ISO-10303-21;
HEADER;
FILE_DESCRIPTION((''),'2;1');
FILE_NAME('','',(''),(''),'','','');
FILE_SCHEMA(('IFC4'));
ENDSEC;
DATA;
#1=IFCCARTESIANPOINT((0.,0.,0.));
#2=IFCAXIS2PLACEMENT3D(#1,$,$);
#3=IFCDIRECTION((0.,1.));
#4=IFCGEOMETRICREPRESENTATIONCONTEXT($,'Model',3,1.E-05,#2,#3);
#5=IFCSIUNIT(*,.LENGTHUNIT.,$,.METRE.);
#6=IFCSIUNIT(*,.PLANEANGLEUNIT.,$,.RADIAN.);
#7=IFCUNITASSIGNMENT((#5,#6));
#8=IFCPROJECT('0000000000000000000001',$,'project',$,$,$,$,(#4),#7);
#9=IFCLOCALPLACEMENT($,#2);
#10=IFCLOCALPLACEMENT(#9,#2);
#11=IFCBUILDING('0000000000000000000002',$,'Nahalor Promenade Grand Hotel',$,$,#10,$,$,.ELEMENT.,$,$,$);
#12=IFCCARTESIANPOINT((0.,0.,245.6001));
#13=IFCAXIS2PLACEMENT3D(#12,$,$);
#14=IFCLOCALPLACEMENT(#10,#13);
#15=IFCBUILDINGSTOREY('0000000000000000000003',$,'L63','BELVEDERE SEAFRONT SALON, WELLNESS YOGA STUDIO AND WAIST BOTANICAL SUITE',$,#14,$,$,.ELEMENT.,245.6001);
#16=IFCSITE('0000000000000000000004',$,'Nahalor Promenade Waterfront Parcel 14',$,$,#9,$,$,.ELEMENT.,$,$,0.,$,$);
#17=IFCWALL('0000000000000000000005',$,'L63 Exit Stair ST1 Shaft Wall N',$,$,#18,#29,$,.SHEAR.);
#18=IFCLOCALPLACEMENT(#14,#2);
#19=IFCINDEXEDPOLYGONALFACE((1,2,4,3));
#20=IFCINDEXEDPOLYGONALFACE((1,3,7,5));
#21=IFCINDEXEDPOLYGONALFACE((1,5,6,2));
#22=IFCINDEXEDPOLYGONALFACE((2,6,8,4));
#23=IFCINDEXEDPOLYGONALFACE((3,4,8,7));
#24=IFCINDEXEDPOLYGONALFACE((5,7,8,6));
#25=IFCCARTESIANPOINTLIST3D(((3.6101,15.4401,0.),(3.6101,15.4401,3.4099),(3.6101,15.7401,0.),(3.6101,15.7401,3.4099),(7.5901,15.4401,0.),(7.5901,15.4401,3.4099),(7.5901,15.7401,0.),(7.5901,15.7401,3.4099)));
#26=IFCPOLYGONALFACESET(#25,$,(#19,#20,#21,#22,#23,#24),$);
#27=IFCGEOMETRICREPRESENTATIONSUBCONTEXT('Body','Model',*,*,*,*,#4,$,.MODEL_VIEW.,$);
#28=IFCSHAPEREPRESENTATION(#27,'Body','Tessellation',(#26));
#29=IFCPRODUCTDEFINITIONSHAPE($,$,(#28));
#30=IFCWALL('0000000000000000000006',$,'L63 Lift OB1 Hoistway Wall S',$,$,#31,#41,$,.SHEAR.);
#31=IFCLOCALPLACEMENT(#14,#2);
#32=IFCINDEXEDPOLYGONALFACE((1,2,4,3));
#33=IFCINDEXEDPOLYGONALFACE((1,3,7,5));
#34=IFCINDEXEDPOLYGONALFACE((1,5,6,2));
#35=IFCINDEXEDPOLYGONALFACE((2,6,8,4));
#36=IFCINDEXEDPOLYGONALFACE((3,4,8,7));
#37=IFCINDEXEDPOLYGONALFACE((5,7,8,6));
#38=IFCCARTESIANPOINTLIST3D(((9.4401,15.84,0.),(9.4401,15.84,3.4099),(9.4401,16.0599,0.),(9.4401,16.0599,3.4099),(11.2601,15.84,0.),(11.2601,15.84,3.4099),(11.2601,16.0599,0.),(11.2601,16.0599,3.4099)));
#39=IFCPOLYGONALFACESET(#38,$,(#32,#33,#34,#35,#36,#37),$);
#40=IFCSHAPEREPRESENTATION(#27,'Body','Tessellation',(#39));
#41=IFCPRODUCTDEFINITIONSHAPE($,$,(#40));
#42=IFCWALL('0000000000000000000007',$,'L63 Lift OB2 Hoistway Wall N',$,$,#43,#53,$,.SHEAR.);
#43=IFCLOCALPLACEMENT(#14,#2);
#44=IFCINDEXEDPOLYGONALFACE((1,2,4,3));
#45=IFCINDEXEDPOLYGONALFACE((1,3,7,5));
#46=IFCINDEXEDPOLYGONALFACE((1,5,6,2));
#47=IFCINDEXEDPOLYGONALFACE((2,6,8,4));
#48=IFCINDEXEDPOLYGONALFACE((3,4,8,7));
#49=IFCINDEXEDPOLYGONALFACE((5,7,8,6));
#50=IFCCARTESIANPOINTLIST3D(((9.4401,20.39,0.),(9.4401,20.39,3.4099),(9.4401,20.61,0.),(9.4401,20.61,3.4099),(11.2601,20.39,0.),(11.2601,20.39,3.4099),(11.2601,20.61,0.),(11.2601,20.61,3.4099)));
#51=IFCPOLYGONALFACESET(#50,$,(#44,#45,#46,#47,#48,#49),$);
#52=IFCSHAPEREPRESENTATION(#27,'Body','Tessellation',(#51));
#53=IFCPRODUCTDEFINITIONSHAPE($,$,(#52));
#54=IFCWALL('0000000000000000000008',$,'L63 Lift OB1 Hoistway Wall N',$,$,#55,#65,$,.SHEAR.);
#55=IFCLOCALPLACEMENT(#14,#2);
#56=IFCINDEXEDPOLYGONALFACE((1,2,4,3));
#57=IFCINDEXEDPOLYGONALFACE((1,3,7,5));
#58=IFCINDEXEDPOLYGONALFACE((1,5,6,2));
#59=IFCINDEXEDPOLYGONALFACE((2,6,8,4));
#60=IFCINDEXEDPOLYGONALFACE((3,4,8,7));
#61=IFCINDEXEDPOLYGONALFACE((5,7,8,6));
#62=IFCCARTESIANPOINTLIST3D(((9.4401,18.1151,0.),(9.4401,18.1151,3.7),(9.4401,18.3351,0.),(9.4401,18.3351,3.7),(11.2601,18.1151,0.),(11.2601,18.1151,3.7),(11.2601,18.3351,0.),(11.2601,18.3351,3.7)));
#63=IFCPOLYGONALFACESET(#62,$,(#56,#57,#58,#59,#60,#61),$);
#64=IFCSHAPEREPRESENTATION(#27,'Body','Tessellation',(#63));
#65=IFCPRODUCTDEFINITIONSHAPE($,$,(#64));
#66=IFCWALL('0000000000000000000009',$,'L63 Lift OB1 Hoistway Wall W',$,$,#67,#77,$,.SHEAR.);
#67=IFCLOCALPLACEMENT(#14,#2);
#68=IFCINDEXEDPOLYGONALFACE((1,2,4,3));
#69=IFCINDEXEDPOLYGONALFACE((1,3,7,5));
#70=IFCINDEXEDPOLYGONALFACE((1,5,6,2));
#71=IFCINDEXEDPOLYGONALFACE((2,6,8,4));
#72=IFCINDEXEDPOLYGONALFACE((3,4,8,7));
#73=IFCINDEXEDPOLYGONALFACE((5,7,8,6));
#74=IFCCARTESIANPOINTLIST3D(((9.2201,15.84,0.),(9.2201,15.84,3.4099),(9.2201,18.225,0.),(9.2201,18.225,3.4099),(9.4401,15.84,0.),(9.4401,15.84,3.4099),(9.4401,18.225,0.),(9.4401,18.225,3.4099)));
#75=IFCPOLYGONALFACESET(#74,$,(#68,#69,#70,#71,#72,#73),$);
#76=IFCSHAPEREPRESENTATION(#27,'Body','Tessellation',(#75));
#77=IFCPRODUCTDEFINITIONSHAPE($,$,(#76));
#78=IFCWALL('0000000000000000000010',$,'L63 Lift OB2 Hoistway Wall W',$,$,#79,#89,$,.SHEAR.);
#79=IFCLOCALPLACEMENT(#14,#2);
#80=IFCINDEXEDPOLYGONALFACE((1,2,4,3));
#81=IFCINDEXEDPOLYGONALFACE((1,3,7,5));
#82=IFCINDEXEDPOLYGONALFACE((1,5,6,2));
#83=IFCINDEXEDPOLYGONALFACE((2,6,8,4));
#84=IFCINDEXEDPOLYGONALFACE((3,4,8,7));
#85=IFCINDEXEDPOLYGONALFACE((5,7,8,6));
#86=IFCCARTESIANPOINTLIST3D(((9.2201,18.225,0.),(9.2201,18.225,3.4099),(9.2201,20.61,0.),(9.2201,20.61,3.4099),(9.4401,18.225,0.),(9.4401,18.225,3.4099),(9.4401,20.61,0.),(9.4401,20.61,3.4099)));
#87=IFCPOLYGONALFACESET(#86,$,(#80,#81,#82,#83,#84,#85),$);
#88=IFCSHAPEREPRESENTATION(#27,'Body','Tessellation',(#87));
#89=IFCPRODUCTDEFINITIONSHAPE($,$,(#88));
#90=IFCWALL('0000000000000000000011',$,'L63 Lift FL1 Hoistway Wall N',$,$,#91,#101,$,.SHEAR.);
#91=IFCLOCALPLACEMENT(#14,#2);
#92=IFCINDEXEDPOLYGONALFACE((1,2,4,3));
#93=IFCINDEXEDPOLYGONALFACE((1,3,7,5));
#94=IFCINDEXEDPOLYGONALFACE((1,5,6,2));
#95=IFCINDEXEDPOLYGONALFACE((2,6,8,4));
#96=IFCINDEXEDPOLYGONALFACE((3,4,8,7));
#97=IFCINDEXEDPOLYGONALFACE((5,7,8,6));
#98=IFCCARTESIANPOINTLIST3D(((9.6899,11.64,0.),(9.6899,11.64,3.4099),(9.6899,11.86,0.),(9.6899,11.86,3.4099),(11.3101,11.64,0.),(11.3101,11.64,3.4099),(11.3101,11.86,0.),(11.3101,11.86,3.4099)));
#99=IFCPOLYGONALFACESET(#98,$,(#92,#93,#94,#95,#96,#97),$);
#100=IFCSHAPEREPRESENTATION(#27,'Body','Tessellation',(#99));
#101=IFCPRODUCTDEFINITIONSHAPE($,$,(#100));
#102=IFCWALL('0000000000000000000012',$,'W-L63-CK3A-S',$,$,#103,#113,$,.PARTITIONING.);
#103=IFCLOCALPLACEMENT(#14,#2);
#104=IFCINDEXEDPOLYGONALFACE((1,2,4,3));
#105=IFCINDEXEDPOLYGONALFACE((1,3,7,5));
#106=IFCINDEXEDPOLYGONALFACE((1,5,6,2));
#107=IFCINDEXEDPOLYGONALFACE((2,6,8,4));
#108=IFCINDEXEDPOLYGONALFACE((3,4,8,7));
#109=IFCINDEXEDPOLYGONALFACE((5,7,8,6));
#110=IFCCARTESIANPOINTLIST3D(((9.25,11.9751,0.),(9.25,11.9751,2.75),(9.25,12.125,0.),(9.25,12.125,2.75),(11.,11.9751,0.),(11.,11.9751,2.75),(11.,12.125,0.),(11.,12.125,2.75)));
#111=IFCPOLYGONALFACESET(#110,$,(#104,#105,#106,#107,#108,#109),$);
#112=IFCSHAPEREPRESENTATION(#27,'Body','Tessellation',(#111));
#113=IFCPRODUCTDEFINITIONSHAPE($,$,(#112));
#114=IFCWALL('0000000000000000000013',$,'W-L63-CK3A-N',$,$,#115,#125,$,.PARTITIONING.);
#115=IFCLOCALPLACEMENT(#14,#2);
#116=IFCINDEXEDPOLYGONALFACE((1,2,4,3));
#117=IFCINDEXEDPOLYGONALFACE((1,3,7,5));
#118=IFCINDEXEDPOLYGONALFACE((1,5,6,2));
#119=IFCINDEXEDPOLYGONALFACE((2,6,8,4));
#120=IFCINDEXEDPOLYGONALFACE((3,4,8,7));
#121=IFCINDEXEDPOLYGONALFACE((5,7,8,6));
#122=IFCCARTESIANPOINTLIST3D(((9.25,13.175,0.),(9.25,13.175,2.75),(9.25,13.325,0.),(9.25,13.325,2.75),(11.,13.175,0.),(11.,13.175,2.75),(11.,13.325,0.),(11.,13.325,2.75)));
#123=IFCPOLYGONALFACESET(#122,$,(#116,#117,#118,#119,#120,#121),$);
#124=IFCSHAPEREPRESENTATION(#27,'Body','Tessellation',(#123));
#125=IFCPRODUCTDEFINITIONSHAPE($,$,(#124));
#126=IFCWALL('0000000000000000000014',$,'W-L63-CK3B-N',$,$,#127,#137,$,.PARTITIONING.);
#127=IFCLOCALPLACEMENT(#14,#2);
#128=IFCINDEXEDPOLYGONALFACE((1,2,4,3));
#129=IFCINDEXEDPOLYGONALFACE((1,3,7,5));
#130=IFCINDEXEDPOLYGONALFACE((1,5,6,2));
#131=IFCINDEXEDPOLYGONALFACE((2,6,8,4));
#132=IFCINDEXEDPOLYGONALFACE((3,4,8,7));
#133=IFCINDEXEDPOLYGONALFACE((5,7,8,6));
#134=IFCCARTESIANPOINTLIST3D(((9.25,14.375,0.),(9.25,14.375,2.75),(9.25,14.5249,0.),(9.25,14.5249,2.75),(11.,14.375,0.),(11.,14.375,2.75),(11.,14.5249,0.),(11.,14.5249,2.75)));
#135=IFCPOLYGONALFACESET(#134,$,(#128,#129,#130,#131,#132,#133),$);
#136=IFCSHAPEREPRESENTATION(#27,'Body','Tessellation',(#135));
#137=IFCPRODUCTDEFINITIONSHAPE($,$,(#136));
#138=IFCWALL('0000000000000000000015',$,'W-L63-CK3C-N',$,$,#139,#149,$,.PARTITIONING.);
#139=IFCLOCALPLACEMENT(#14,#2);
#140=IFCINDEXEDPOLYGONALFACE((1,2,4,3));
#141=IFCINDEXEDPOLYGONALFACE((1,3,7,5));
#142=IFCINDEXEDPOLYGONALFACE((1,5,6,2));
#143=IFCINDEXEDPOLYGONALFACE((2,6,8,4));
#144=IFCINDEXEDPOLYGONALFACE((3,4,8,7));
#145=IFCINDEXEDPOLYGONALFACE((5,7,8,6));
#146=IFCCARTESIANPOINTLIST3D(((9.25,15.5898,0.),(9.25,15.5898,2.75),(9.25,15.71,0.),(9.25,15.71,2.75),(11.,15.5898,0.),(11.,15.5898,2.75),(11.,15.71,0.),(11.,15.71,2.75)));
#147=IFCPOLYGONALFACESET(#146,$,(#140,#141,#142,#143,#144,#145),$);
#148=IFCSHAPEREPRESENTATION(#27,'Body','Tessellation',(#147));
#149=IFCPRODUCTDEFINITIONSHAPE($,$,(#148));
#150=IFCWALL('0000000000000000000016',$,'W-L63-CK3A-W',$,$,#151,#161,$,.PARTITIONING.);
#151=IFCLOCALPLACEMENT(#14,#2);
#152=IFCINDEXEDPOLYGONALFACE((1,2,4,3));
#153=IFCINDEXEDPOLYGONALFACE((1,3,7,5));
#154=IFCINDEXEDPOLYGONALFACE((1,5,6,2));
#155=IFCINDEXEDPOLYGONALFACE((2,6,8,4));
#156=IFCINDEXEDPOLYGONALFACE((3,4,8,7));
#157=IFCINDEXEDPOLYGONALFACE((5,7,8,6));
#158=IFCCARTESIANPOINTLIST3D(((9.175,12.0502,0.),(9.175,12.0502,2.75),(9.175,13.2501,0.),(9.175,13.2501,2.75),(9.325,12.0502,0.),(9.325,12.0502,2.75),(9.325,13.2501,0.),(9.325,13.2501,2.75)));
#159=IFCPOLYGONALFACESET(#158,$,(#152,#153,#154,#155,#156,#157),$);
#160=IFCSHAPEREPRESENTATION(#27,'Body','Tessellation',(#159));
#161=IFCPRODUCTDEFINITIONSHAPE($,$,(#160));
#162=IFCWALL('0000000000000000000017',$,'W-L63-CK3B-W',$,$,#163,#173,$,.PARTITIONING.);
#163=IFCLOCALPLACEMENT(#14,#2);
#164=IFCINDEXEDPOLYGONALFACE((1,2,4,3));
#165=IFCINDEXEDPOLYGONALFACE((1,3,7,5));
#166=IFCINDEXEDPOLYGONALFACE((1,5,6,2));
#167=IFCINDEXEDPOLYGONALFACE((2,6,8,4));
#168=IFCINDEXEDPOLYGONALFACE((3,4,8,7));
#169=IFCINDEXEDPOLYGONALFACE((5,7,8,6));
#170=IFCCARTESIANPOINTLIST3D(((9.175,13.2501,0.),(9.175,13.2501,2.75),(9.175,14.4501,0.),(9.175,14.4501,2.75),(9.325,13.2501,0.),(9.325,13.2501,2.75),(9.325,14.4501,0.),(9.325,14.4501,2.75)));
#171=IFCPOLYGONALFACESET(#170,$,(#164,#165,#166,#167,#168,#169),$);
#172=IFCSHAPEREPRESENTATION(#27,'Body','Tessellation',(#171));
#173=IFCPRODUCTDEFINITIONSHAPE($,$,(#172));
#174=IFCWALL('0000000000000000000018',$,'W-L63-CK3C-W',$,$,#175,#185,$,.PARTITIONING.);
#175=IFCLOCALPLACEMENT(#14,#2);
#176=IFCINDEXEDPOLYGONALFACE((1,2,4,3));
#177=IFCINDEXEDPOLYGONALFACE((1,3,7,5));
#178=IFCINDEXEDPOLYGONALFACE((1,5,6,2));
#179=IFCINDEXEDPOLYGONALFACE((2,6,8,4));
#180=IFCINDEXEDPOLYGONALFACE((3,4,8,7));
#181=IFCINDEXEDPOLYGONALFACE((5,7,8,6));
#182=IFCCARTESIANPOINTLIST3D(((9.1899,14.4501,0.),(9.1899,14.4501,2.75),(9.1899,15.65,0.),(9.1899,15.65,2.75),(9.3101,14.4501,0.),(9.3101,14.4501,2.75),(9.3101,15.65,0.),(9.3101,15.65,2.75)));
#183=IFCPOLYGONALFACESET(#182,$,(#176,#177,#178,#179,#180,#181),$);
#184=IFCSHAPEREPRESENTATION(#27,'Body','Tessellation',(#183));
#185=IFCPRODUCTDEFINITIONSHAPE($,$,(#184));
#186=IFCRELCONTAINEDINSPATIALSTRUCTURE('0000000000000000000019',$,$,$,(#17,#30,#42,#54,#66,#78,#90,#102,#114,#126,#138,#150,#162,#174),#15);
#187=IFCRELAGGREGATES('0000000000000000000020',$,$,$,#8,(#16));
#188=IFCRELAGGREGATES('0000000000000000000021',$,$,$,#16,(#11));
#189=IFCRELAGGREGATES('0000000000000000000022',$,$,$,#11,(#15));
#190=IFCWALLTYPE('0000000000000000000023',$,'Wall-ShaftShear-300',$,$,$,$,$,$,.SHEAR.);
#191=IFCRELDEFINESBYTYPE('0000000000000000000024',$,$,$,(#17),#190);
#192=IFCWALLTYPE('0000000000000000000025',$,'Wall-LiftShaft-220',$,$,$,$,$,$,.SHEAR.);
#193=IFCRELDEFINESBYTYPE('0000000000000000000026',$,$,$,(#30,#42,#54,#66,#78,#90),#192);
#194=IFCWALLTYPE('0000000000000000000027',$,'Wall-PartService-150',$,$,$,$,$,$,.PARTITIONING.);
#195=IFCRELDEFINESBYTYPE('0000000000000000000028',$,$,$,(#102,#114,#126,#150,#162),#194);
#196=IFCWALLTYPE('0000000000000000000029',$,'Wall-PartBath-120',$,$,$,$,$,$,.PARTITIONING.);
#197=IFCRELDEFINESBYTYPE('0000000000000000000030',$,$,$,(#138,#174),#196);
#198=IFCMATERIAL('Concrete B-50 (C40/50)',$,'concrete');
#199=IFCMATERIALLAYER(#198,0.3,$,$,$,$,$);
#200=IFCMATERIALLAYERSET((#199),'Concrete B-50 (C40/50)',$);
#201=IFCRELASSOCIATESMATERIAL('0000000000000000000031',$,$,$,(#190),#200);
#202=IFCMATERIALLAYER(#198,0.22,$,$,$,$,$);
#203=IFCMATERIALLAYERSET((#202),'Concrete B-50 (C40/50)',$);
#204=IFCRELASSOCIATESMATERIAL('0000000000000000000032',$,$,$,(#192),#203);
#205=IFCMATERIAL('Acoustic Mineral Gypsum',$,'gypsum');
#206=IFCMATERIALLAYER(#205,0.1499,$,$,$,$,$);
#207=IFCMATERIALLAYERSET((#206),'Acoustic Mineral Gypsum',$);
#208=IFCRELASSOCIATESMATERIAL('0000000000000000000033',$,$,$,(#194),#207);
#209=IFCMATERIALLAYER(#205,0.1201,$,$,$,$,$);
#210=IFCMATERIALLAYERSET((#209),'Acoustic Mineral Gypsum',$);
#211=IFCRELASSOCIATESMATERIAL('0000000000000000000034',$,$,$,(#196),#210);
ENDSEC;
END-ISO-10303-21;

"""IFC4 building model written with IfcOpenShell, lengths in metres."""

from ifc_helpers import new_model, si_unit, direction, frame, frame_2d, origin, place, context, subcontext, project, spatial, rectangle, extrude, source, transform, mapped, material, layer, layer_set, type_object, element, save


model = new_model("IFC4")

# Units and contexts
model_context = context("Model", 3, precision=1e-05, world=origin(), true_north=direction((0.0, 1.0)))
body_context = subcontext(model_context, "Body", "Model", "MODEL_VIEW")
ifc_project = project(units=[si_unit("LENGTHUNIT", "METRE"), si_unit("PLANEANGLEUNIT", "RADIAN")], contexts=[model_context])

# Site, building, storey
site_placement = place(None, origin())
site = spatial("IfcSite", under=ifc_project, at=site_placement, Name="Nahalor Promenade Waterfront Parcel 14", CompositionType="ELEMENT", RefElevation=0.0)
building_placement = place(site_placement, origin())
building = spatial("IfcBuilding", under=site, at=building_placement, Name="Nahalor Promenade Grand Hotel", CompositionType="ELEMENT")
storey_placement = place(building_placement, frame((0.0, 0.0, 245.6001)))
storey = spatial("IfcBuildingStorey", under=building, at=storey_placement, Name="L63", Description="BELVEDERE SEAFRONT SALON, WELLNESS YOGA STUDIO AND WAIST BOTANICAL SUITE", CompositionType="ELEMENT", Elevation=245.6001)

# Walls
ifc_material_1 = material(Name="Concrete B-50 (C40/50)", Category="concrete")
ifc_layer_1 = layer(ifc_material_1, 0.3)
ifc_layer_set_1 = layer_set([ifc_layer_1], Name="Concrete B-50 (C40/50)")
wall_type_1 = type_object("IfcWallType", Name="Wall-ShaftShear-300", PredefinedType="SHEAR", material=ifc_layer_set_1)
shared_shape_1 = source(origin(), body_context, "Body", "SweptSolid", [
    extrude(rectangle(XDim=3.98, YDim=0.3, at=frame_2d((1.99, 0.0))), origin(), (0.0, 0.0, 1.0), 3.4099),
])
wall_1_placement = place(storey_placement, frame((3.6101, 15.5901, 0.0), z_axis=(0.0, 0.0, 1.0), x_axis=(1.0, 0.0, 0.0)))
element("IfcWall", 1, at=wall_1_placement, inside=storey, type_object=wall_type_1, Name="L63 Exit Stair ST1 Shaft Wall N", PredefinedType="SHEAR", context=body_context, shape_type="MappedRepresentation", body=[
    mapped(shared_shape_1, transform((0.0, 0.0, 0.0), scale=1.0)),
])
ifc_layer_2 = layer(ifc_material_1, 0.22)
ifc_layer_set_2 = layer_set([ifc_layer_2], Name="Concrete B-50 (C40/50)")
wall_type_2 = type_object("IfcWallType", Name="Wall-LiftShaft-220", PredefinedType="SHEAR", material=ifc_layer_set_2)
shared_shape_2 = source(origin(), body_context, "Body", "SweptSolid", [
    extrude(rectangle(XDim=1.8201, YDim=0.22, at=frame_2d((0.9102, 0.0))), origin(), (0.0, 0.0, 1.0), 3.4099),
])
for number, where, z_axis, x_axis, name in (
    (2, (9.4399, 15.95, 0.0), (0.0, 0.0, 1.0), (1.0, 0.0, 0.0), "L63 Lift OB1 Hoistway Wall S"),
    (3, (9.4399, 20.5, 0.0), (0.0, 0.0, 1.0), (1.0, 0.0, 0.0), "L63 Lift OB2 Hoistway Wall N"),
):
    element("IfcWall", number, at=place(storey_placement, frame(where, z_axis=z_axis, x_axis=x_axis)), inside=storey, type_object=wall_type_2, Name=name, PredefinedType="SHEAR", context=body_context, shape_type="MappedRepresentation", body=[
        mapped(shared_shape_2, transform((0.0, 0.0, 0.0), scale=1.0)),
    ])
shared_shape_3 = source(origin(), body_context, "Body", "SweptSolid", [
    extrude(rectangle(XDim=1.8201, YDim=0.22, at=frame_2d((0.9102, 0.0))), origin(), (0.0, 0.0, 1.0), 3.7),
])
wall_2_placement = place(storey_placement, frame((9.4399, 18.2251, 0.0), z_axis=(0.0, 0.0, 1.0), x_axis=(1.0, 0.0, 0.0)))
element("IfcWall", 4, at=wall_2_placement, inside=storey, type_object=wall_type_2, Name="L63 Lift OB1 Hoistway Wall N", PredefinedType="SHEAR", context=body_context, shape_type="MappedRepresentation", body=[
    mapped(shared_shape_3, transform((0.0, 0.0, 0.0), scale=1.0)),
])
shared_shape_4 = source(origin(), body_context, "Body", "SweptSolid", [
    extrude(rectangle(XDim=2.385, YDim=0.22, at=frame_2d((1.1924, 0.0))), origin(), (0.0, 0.0, 1.0), 3.4099),
])
for number, where, z_axis, x_axis, name in (
    (5, (9.3301, 15.8401, 0.0), (0.0, 0.0, 1.0), (0.0, 1.0, 0.0), "L63 Lift OB1 Hoistway Wall W"),
    (6, (9.3301, 18.2251, 0.0), (0.0, 0.0, 1.0), (0.0, 1.0, 0.0), "L63 Lift OB2 Hoistway Wall W"),
):
    element("IfcWall", number, at=place(storey_placement, frame(where, z_axis=z_axis, x_axis=x_axis)), inside=storey, type_object=wall_type_2, Name=name, PredefinedType="SHEAR", context=body_context, shape_type="MappedRepresentation", body=[
        mapped(shared_shape_4, transform((0.0, 0.0, 0.0), scale=1.0)),
    ])
shared_shape_5 = source(origin(), body_context, "Body", "SweptSolid", [
    extrude(rectangle(XDim=1.6201, YDim=0.22, at=frame_2d((0.8101, 0.0))), origin(), (0.0, 0.0, 1.0), 3.4099),
])
wall_3_placement = place(storey_placement, frame((9.6899, 11.75, 0.0), z_axis=(0.0, 0.0, 1.0), x_axis=(1.0, 0.0, 0.0)))
element("IfcWall", 7, at=wall_3_placement, inside=storey, type_object=wall_type_2, Name="L63 Lift FL1 Hoistway Wall N", PredefinedType="SHEAR", context=body_context, shape_type="MappedRepresentation", body=[
    mapped(shared_shape_5, transform((0.0, 0.0, 0.0), scale=1.0)),
])
ifc_material_2 = material(Name="Acoustic Mineral Gypsum", Category="gypsum")
ifc_layer_3 = layer(ifc_material_2, 0.1499)
ifc_layer_set_3 = layer_set([ifc_layer_3], Name="Acoustic Mineral Gypsum")
wall_type_3 = type_object("IfcWallType", Name="Wall-PartService-150", PredefinedType="PARTITIONING", material=ifc_layer_set_3)
shared_shape_6 = source(origin(), body_context, "Body", "SweptSolid", [
    extrude(rectangle(XDim=1.75, YDim=0.1499, at=frame_2d((0.875, 0.0))), origin(), (0.0, 0.0, 1.0), 2.75),
])
for number, where, z_axis, x_axis, name in (
    (8, (9.25, 12.05, 0.0), (0.0, 0.0, 1.0), (1.0, 0.0, 0.0), "W-L63-CK3A-S"),
    (9, (9.25, 13.25, 0.0), (0.0, 0.0, 1.0), (1.0, 0.0, 0.0), "W-L63-CK3A-N"),
    (10, (9.25, 14.45, 0.0), (0.0, 0.0, 1.0), (1.0, 0.0, 0.0), "W-L63-CK3B-N"),
):
    element("IfcWall", number, at=place(storey_placement, frame(where, z_axis=z_axis, x_axis=x_axis)), inside=storey, type_object=wall_type_3, Name=name, PredefinedType="PARTITIONING", context=body_context, shape_type="MappedRepresentation", body=[
        mapped(shared_shape_6, transform((0.0, 0.0, 0.0), scale=1.0)),
    ])
ifc_layer_4 = layer(ifc_material_2, 0.1201)
ifc_layer_set_4 = layer_set([ifc_layer_4], Name="Acoustic Mineral Gypsum")
wall_type_4 = type_object("IfcWallType", Name="Wall-PartBath-120", PredefinedType="PARTITIONING", material=ifc_layer_set_4)
shared_shape_7 = source(origin(), body_context, "Body", "SweptSolid", [
    extrude(rectangle(XDim=1.75, YDim=0.1201, at=frame_2d((0.875, 0.0))), origin(), (0.0, 0.0, 1.0), 2.75),
])
wall_4_placement = place(storey_placement, frame((9.25, 15.6499, 0.0), z_axis=(0.0, 0.0, 1.0), x_axis=(1.0, 0.0, 0.0)))
element("IfcWall", 11, at=wall_4_placement, inside=storey, type_object=wall_type_4, Name="W-L63-CK3C-N", PredefinedType="PARTITIONING", context=body_context, shape_type="MappedRepresentation", body=[
    mapped(shared_shape_7, transform((0.0, 0.0, 0.0), scale=1.0)),
])
shared_shape_8 = source(origin(), body_context, "Body", "SweptSolid", [
    extrude(rectangle(XDim=1.2, YDim=0.1499, at=frame_2d((0.6001, 0.0))), origin(), (0.0, 0.0, 1.0), 2.75),
])
for number, where, z_axis, x_axis, name in (
    (12, (9.25, 12.05, 0.0), (0.0, 0.0, 1.0), (0.0, 1.0, 0.0), "W-L63-CK3A-W"),
    (13, (9.25, 13.25, 0.0), (0.0, 0.0, 1.0), (0.0, 1.0, 0.0), "W-L63-CK3B-W"),
):
    element("IfcWall", number, at=place(storey_placement, frame(where, z_axis=z_axis, x_axis=x_axis)), inside=storey, type_object=wall_type_3, Name=name, PredefinedType="PARTITIONING", context=body_context, shape_type="MappedRepresentation", body=[
        mapped(shared_shape_8, transform((0.0, 0.0, 0.0), scale=1.0)),
    ])
shared_shape_9 = source(origin(), body_context, "Body", "SweptSolid", [
    extrude(rectangle(XDim=1.2, YDim=0.1201, at=frame_2d((0.6001, 0.0))), origin(), (0.0, 0.0, 1.0), 2.75),
])
wall_5_placement = place(storey_placement, frame((9.25, 14.45, 0.0), z_axis=(0.0, 0.0, 1.0), x_axis=(0.0, 1.0, 0.0)))
element("IfcWall", 14, at=wall_5_placement, inside=storey, type_object=wall_type_4, Name="W-L63-CK3C-W", PredefinedType="PARTITIONING", context=body_context, shape_type="MappedRepresentation", body=[
    mapped(shared_shape_9, transform((0.0, 0.0, 0.0), scale=1.0)),
])

save(model, "model.ifc")
